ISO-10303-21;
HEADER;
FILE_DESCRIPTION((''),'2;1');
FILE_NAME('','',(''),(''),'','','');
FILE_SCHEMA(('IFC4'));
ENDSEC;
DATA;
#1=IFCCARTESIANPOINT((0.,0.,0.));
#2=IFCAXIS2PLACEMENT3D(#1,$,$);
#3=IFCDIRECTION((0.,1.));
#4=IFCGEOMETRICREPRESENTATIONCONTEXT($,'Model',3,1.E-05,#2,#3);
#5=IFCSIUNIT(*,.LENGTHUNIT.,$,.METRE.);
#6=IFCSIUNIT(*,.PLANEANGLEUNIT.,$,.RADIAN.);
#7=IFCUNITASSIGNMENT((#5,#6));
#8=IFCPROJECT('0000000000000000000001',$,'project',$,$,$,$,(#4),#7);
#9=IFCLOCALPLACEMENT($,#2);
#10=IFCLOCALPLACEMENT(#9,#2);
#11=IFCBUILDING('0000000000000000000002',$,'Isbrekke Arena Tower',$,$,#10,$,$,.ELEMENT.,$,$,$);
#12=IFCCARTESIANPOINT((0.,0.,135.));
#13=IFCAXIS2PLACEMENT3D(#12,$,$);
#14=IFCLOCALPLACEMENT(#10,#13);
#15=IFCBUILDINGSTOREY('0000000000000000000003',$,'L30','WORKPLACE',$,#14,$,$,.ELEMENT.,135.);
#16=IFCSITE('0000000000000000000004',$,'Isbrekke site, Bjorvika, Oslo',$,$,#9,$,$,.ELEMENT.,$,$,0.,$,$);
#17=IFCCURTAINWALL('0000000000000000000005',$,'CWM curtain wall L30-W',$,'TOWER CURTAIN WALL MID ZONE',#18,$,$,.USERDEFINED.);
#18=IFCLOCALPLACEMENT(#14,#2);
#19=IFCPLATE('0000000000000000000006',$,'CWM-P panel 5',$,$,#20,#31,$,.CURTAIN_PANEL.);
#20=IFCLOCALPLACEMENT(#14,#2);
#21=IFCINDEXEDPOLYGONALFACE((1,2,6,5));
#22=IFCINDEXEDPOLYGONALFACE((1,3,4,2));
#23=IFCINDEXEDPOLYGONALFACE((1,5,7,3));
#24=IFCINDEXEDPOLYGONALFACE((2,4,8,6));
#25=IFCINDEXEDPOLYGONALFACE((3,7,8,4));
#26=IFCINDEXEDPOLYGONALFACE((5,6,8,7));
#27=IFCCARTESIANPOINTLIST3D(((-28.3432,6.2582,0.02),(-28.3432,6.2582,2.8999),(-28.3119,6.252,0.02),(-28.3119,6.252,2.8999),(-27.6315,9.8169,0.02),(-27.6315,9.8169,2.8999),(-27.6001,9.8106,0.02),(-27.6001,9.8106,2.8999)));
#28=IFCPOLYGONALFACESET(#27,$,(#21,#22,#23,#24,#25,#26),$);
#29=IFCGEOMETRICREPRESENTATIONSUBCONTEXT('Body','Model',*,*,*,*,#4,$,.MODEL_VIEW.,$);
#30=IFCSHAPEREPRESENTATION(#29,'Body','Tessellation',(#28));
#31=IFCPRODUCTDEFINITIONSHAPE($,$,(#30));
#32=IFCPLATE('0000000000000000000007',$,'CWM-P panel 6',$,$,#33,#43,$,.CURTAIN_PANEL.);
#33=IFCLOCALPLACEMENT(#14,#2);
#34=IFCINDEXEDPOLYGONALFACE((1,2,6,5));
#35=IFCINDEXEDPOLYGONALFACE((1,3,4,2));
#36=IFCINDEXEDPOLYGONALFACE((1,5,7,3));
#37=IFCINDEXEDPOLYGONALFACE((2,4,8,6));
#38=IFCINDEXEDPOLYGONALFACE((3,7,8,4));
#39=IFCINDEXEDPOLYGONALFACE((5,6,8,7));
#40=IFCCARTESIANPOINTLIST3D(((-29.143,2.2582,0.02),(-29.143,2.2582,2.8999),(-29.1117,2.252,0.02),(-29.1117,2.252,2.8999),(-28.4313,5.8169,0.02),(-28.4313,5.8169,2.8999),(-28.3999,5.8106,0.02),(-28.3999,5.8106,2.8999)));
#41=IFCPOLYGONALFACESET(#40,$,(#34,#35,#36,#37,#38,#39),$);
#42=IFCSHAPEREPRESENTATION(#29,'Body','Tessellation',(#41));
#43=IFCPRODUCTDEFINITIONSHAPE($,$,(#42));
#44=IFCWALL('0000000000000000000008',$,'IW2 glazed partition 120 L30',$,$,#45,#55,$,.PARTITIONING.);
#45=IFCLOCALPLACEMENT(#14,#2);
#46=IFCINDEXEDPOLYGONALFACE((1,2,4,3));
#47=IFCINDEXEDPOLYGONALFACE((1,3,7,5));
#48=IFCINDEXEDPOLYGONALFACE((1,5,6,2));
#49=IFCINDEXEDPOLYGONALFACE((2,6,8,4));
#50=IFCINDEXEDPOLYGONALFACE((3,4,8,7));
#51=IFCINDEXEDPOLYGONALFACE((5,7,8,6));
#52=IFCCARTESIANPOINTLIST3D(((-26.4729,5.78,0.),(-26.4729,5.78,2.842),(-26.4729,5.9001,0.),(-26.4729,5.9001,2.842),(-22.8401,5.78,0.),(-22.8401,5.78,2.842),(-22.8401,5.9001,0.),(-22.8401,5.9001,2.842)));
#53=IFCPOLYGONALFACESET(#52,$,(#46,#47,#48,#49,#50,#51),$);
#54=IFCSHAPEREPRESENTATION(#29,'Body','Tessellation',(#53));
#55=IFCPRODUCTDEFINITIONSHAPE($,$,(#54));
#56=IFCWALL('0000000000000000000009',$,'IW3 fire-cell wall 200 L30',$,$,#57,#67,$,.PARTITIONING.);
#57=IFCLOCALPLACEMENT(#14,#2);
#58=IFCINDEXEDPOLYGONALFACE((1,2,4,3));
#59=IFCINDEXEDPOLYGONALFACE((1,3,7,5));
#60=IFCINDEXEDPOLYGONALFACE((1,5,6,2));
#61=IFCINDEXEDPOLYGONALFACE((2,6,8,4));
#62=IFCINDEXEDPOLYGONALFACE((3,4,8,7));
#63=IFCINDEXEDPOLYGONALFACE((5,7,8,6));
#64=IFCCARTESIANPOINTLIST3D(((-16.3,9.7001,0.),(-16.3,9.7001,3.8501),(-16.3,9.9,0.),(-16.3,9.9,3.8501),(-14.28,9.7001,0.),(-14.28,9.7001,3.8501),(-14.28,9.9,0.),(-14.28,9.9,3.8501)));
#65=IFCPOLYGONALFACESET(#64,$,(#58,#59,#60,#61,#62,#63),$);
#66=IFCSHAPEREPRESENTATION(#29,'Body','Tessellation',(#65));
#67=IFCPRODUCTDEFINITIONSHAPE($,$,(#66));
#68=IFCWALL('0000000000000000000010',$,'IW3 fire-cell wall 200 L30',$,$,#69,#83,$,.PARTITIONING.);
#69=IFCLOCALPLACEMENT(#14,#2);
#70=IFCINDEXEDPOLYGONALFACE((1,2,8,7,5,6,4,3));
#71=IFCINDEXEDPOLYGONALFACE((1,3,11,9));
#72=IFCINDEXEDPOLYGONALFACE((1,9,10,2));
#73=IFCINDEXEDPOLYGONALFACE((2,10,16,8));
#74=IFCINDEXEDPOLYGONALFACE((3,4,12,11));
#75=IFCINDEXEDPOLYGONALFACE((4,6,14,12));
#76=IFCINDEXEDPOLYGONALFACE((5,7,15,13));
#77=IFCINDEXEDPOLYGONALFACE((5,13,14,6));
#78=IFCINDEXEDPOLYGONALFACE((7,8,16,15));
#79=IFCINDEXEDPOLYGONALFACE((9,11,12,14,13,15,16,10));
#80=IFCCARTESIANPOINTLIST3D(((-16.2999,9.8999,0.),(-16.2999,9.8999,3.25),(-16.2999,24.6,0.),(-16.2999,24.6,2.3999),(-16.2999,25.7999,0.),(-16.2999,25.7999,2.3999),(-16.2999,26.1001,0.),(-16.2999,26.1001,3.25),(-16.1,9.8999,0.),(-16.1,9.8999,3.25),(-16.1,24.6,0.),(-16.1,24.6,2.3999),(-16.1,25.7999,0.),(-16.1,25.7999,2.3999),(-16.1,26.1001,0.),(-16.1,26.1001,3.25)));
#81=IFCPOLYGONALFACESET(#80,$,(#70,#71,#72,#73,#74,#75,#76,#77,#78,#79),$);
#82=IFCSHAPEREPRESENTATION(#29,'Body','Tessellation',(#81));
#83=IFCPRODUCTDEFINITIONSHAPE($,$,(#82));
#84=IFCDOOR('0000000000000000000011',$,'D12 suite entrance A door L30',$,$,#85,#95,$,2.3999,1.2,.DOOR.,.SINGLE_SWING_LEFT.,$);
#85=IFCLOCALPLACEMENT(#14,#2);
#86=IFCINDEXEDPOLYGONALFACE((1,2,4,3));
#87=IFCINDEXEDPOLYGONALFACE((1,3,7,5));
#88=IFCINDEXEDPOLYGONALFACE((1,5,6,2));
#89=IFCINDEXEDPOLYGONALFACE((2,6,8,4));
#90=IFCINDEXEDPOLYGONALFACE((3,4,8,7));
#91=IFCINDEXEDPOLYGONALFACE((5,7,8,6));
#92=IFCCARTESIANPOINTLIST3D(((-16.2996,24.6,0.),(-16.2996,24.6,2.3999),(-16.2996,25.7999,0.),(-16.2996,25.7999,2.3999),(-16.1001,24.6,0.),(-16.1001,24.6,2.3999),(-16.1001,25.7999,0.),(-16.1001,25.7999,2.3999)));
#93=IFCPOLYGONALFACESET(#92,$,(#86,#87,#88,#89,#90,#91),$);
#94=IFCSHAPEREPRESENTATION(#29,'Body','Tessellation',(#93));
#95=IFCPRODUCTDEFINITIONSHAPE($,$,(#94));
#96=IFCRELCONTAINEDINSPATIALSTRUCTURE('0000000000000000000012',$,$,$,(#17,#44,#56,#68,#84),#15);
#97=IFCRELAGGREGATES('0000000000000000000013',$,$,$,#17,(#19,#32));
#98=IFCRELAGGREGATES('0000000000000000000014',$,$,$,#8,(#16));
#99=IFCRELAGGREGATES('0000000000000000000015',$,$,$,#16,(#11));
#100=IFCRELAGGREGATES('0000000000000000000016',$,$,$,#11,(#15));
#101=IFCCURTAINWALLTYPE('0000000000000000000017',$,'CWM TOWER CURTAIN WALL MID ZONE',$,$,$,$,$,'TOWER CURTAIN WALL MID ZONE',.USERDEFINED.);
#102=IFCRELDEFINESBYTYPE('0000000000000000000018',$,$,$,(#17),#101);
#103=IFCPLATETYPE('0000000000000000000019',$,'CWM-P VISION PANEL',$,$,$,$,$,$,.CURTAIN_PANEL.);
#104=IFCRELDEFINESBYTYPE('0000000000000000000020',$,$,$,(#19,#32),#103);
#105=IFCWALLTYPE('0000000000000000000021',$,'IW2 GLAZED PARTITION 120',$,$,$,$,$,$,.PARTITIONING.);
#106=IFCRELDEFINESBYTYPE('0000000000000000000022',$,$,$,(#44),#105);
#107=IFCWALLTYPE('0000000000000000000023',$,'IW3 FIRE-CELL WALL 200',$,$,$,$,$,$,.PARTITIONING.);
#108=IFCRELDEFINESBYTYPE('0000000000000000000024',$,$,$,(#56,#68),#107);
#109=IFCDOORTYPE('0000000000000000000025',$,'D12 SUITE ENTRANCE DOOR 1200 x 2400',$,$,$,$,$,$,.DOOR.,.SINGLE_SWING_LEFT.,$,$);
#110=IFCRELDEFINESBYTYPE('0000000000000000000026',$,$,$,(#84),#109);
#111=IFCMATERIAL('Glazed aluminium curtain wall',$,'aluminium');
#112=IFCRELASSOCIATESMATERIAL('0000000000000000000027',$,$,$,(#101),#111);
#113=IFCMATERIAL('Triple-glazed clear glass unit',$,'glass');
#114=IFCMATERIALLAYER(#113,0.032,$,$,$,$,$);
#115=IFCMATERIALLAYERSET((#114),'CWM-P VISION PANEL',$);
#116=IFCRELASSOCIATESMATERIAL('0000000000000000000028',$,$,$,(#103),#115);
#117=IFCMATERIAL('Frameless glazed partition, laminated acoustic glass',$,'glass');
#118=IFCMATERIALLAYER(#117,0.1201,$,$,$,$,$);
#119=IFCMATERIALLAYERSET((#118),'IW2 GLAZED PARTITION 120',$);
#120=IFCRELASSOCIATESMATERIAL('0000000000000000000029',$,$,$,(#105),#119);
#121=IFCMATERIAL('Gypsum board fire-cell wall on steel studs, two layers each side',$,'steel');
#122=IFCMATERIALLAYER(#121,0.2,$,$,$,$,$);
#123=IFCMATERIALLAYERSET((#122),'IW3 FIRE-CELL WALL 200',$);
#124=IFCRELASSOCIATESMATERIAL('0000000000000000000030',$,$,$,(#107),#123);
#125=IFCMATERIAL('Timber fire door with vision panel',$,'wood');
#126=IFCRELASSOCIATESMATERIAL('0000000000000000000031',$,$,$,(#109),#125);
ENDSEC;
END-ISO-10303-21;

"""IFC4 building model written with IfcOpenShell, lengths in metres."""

from ifc_helpers import new_model, si_unit, direction, frame, frame_2d, origin, origin_2d, place, context, subcontext, project, spatial, rectangle, extrude, material, layer, layer_set, type_object, element, fill, aggregate, save


model = new_model("IFC4")

# Units and contexts
model_context = context("Model", 3, precision=1e-05, world=origin(), true_north=direction((0.0, 1.0)))
body_context = subcontext(model_context, "Body", "Model", "MODEL_VIEW")
ifc_project = project(units=[si_unit("LENGTHUNIT", "METRE"), si_unit("PLANEANGLEUNIT", "RADIAN")], contexts=[model_context])

# Site, building, storey
site_placement = place(None, origin())
site = spatial("IfcSite", under=ifc_project, at=site_placement, Name="Isbrekke site, Bjorvika, Oslo", CompositionType="ELEMENT", RefElevation=0.0)
building_placement = place(site_placement, origin())
building = spatial("IfcBuilding", under=site, at=building_placement, Name="Isbrekke Arena Tower", CompositionType="ELEMENT")
storey_placement = place(building_placement, frame((0.0, 0.0, 135.0)))
storey = spatial("IfcBuildingStorey", under=building, at=storey_placement, Name="L30", Description="WORKPLACE", CompositionType="ELEMENT", Elevation=135.0)

# Curtain wall
ifc_material_1 = material(Name="Glazed aluminium curtain wall", Category="aluminium")
curtain_wall_type = type_object("IfcCurtainWallType", Name="CWM TOWER CURTAIN WALL MID ZONE", ElementType="TOWER CURTAIN WALL MID ZONE", PredefinedType="USERDEFINED", material=ifc_material_1)
curtain_wall_placement = place(storey_placement, origin())
curtain_wall = element("IfcCurtainWall", 1, at=curtain_wall_placement, inside=storey, type_object=curtain_wall_type, Name="CWM curtain wall L30-W", ObjectType="TOWER CURTAIN WALL MID ZONE", PredefinedType="USERDEFINED")

# Plates
ifc_material_2 = material(Name="Triple-glazed clear glass unit", Category="glass")
ifc_layer_1 = layer(ifc_material_2, 0.032)
ifc_layer_set_1 = layer_set([ifc_layer_1], Name="CWM-P VISION PANEL")
plate_type = type_object("IfcPlateType", Name="CWM-P VISION PANEL", PredefinedType="CURTAIN_PANEL", material=ifc_layer_set_1)
plate_1_placement = place(storey_placement, frame((-27.9717, 8.0344, 0.02), z_axis=(0.0, 0.0, 1.0), x_axis=(-0.196116, -0.980581, 0.0)))
plate_1 = element("IfcPlate", 2, at=plate_1_placement, type_object=plate_type, Name="CWM-P panel 5", PredefinedType="CURTAIN_PANEL", context=body_context, shape_type="SweptSolid", body=[
    extrude(rectangle(XDim=3.6292, YDim=0.032, at=origin_2d()), origin(), (0.0, 0.0, 1.0), 2.8799),
])
plate_2_placement = place(storey_placement, frame((-28.7715, 4.0344, 0.02), z_axis=(0.0, 0.0, 1.0), x_axis=(-0.196116, -0.980581, 0.0)))
plate_2 = element("IfcPlate", 3, at=plate_2_placement, type_object=plate_type, Name="CWM-P panel 6", PredefinedType="CURTAIN_PANEL", context=body_context, shape_type="SweptSolid", body=[
    extrude(rectangle(XDim=3.6292, YDim=0.032, at=origin_2d()), origin(), (0.0, 0.0, 1.0), 2.8799),
])
aggregate(curtain_wall, [plate_1, plate_2])

# Walls
ifc_material_3 = material(Name="Frameless glazed partition, laminated acoustic glass", Category="glass")
ifc_layer_2 = layer(ifc_material_3, 0.1201)
ifc_layer_set_2 = layer_set([ifc_layer_2], Name="IW2 GLAZED PARTITION 120")
wall_type_1 = type_object("IfcWallType", Name="IW2 GLAZED PARTITION 120", PredefinedType="PARTITIONING", material=ifc_layer_set_2)
wall_1_placement = place(storey_placement, frame((-26.4729, 5.8401, 0.0), z_axis=(0.0, 0.0, 1.0), x_axis=(1.0, 0.0, 0.0)))
element("IfcWall", 4, at=wall_1_placement, inside=storey, type_object=wall_type_1, Name="IW2 glazed partition 120 L30", PredefinedType="PARTITIONING", context=body_context, shape_type="SweptSolid", body=[
    extrude(rectangle(XDim=3.6328, YDim=0.1201, at=frame_2d((1.8164, 0.0))), origin(), (0.0, 0.0, 1.0), 2.842),
])
ifc_material_4 = material(Name="Gypsum board fire-cell wall on steel studs, two layers each side", Category="steel")
ifc_layer_3 = layer(ifc_material_4, 0.2)
ifc_layer_set_3 = layer_set([ifc_layer_3], Name="IW3 FIRE-CELL WALL 200")
wall_type_2 = type_object("IfcWallType", Name="IW3 FIRE-CELL WALL 200", PredefinedType="PARTITIONING", material=ifc_layer_set_3)
wall_2_placement = place(storey_placement, frame((-16.3, 9.8, 0.0), z_axis=(0.0, 0.0, 1.0), x_axis=(1.0, 0.0, 0.0)))
element("IfcWall", 5, at=wall_2_placement, inside=storey, type_object=wall_type_2, Name="IW3 fire-cell wall 200 L30", PredefinedType="PARTITIONING", context=body_context, shape_type="SweptSolid", body=[
    extrude(rectangle(XDim=2.02, YDim=0.2, at=frame_2d((1.01, 0.0))), origin(), (0.0, 0.0, 1.0), 3.8501),
])

# Wall, opening, door
wall_3_placement = place(storey_placement, frame((-16.2, 9.8999, 0.0), z_axis=(0.0, 0.0, 1.0), x_axis=(0.0, 1.0, 0.0)))
wall_3 = element("IfcWall", 6, at=wall_3_placement, inside=storey, type_object=wall_type_2, Name="IW3 fire-cell wall 200 L30", PredefinedType="PARTITIONING", context=body_context, shape_type="SweptSolid", body=[
    extrude(rectangle(XDim=16.2002, YDim=0.2, at=frame_2d((8.1001, 0.0))), origin(), (0.0, 0.0, 1.0), 3.25),
])
opening_placement = place(wall_3_placement, frame((14.7, 0.0, 0.0)))
opening = element("IfcOpeningElement", 7, at=opening_placement, cuts=wall_3, PredefinedType="OPENING", context=body_context, shape_type="SweptSolid", body=[
    extrude(rectangle(XDim=1.2, YDim=2.3999, at=frame_2d((0.6001, 1.2))), frame((0.0, 0.1147, 0.0), z_axis=(0.0, -1.0, 0.0), x_axis=(1.0, 0.0, 0.0)), (0.0, 0.0, 1.0), 0.2297),
])
ifc_material_5 = material(Name="Timber fire door with vision panel", Category="wood")
door_type = type_object("IfcDoorType", Name="D12 SUITE ENTRANCE DOOR 1200 x 2400", OperationType="SINGLE_SWING_LEFT", PredefinedType="DOOR", material=ifc_material_5)
door_placement = place(opening_placement, origin())
door = element("IfcDoor", 8, at=door_placement, inside=storey, type_object=door_type, Name="D12 suite entrance A door L30", OperationType="SINGLE_SWING_LEFT", OverallHeight=2.3999, OverallWidth=1.2, PredefinedType="DOOR", context=body_context, shape_type="SweptSolid", body=[
    extrude(rectangle(XDim=1.2, YDim=2.3999, at=frame_2d((0.6001, 1.2))), frame((0.0, 0.0996, 0.0), z_axis=(0.0, -1.0, 0.0), x_axis=(1.0, 0.0, 0.0)), (0.0, 0.0, 1.0), 0.1995),
])
fill(opening, door)

save(model, "model.ifc")
